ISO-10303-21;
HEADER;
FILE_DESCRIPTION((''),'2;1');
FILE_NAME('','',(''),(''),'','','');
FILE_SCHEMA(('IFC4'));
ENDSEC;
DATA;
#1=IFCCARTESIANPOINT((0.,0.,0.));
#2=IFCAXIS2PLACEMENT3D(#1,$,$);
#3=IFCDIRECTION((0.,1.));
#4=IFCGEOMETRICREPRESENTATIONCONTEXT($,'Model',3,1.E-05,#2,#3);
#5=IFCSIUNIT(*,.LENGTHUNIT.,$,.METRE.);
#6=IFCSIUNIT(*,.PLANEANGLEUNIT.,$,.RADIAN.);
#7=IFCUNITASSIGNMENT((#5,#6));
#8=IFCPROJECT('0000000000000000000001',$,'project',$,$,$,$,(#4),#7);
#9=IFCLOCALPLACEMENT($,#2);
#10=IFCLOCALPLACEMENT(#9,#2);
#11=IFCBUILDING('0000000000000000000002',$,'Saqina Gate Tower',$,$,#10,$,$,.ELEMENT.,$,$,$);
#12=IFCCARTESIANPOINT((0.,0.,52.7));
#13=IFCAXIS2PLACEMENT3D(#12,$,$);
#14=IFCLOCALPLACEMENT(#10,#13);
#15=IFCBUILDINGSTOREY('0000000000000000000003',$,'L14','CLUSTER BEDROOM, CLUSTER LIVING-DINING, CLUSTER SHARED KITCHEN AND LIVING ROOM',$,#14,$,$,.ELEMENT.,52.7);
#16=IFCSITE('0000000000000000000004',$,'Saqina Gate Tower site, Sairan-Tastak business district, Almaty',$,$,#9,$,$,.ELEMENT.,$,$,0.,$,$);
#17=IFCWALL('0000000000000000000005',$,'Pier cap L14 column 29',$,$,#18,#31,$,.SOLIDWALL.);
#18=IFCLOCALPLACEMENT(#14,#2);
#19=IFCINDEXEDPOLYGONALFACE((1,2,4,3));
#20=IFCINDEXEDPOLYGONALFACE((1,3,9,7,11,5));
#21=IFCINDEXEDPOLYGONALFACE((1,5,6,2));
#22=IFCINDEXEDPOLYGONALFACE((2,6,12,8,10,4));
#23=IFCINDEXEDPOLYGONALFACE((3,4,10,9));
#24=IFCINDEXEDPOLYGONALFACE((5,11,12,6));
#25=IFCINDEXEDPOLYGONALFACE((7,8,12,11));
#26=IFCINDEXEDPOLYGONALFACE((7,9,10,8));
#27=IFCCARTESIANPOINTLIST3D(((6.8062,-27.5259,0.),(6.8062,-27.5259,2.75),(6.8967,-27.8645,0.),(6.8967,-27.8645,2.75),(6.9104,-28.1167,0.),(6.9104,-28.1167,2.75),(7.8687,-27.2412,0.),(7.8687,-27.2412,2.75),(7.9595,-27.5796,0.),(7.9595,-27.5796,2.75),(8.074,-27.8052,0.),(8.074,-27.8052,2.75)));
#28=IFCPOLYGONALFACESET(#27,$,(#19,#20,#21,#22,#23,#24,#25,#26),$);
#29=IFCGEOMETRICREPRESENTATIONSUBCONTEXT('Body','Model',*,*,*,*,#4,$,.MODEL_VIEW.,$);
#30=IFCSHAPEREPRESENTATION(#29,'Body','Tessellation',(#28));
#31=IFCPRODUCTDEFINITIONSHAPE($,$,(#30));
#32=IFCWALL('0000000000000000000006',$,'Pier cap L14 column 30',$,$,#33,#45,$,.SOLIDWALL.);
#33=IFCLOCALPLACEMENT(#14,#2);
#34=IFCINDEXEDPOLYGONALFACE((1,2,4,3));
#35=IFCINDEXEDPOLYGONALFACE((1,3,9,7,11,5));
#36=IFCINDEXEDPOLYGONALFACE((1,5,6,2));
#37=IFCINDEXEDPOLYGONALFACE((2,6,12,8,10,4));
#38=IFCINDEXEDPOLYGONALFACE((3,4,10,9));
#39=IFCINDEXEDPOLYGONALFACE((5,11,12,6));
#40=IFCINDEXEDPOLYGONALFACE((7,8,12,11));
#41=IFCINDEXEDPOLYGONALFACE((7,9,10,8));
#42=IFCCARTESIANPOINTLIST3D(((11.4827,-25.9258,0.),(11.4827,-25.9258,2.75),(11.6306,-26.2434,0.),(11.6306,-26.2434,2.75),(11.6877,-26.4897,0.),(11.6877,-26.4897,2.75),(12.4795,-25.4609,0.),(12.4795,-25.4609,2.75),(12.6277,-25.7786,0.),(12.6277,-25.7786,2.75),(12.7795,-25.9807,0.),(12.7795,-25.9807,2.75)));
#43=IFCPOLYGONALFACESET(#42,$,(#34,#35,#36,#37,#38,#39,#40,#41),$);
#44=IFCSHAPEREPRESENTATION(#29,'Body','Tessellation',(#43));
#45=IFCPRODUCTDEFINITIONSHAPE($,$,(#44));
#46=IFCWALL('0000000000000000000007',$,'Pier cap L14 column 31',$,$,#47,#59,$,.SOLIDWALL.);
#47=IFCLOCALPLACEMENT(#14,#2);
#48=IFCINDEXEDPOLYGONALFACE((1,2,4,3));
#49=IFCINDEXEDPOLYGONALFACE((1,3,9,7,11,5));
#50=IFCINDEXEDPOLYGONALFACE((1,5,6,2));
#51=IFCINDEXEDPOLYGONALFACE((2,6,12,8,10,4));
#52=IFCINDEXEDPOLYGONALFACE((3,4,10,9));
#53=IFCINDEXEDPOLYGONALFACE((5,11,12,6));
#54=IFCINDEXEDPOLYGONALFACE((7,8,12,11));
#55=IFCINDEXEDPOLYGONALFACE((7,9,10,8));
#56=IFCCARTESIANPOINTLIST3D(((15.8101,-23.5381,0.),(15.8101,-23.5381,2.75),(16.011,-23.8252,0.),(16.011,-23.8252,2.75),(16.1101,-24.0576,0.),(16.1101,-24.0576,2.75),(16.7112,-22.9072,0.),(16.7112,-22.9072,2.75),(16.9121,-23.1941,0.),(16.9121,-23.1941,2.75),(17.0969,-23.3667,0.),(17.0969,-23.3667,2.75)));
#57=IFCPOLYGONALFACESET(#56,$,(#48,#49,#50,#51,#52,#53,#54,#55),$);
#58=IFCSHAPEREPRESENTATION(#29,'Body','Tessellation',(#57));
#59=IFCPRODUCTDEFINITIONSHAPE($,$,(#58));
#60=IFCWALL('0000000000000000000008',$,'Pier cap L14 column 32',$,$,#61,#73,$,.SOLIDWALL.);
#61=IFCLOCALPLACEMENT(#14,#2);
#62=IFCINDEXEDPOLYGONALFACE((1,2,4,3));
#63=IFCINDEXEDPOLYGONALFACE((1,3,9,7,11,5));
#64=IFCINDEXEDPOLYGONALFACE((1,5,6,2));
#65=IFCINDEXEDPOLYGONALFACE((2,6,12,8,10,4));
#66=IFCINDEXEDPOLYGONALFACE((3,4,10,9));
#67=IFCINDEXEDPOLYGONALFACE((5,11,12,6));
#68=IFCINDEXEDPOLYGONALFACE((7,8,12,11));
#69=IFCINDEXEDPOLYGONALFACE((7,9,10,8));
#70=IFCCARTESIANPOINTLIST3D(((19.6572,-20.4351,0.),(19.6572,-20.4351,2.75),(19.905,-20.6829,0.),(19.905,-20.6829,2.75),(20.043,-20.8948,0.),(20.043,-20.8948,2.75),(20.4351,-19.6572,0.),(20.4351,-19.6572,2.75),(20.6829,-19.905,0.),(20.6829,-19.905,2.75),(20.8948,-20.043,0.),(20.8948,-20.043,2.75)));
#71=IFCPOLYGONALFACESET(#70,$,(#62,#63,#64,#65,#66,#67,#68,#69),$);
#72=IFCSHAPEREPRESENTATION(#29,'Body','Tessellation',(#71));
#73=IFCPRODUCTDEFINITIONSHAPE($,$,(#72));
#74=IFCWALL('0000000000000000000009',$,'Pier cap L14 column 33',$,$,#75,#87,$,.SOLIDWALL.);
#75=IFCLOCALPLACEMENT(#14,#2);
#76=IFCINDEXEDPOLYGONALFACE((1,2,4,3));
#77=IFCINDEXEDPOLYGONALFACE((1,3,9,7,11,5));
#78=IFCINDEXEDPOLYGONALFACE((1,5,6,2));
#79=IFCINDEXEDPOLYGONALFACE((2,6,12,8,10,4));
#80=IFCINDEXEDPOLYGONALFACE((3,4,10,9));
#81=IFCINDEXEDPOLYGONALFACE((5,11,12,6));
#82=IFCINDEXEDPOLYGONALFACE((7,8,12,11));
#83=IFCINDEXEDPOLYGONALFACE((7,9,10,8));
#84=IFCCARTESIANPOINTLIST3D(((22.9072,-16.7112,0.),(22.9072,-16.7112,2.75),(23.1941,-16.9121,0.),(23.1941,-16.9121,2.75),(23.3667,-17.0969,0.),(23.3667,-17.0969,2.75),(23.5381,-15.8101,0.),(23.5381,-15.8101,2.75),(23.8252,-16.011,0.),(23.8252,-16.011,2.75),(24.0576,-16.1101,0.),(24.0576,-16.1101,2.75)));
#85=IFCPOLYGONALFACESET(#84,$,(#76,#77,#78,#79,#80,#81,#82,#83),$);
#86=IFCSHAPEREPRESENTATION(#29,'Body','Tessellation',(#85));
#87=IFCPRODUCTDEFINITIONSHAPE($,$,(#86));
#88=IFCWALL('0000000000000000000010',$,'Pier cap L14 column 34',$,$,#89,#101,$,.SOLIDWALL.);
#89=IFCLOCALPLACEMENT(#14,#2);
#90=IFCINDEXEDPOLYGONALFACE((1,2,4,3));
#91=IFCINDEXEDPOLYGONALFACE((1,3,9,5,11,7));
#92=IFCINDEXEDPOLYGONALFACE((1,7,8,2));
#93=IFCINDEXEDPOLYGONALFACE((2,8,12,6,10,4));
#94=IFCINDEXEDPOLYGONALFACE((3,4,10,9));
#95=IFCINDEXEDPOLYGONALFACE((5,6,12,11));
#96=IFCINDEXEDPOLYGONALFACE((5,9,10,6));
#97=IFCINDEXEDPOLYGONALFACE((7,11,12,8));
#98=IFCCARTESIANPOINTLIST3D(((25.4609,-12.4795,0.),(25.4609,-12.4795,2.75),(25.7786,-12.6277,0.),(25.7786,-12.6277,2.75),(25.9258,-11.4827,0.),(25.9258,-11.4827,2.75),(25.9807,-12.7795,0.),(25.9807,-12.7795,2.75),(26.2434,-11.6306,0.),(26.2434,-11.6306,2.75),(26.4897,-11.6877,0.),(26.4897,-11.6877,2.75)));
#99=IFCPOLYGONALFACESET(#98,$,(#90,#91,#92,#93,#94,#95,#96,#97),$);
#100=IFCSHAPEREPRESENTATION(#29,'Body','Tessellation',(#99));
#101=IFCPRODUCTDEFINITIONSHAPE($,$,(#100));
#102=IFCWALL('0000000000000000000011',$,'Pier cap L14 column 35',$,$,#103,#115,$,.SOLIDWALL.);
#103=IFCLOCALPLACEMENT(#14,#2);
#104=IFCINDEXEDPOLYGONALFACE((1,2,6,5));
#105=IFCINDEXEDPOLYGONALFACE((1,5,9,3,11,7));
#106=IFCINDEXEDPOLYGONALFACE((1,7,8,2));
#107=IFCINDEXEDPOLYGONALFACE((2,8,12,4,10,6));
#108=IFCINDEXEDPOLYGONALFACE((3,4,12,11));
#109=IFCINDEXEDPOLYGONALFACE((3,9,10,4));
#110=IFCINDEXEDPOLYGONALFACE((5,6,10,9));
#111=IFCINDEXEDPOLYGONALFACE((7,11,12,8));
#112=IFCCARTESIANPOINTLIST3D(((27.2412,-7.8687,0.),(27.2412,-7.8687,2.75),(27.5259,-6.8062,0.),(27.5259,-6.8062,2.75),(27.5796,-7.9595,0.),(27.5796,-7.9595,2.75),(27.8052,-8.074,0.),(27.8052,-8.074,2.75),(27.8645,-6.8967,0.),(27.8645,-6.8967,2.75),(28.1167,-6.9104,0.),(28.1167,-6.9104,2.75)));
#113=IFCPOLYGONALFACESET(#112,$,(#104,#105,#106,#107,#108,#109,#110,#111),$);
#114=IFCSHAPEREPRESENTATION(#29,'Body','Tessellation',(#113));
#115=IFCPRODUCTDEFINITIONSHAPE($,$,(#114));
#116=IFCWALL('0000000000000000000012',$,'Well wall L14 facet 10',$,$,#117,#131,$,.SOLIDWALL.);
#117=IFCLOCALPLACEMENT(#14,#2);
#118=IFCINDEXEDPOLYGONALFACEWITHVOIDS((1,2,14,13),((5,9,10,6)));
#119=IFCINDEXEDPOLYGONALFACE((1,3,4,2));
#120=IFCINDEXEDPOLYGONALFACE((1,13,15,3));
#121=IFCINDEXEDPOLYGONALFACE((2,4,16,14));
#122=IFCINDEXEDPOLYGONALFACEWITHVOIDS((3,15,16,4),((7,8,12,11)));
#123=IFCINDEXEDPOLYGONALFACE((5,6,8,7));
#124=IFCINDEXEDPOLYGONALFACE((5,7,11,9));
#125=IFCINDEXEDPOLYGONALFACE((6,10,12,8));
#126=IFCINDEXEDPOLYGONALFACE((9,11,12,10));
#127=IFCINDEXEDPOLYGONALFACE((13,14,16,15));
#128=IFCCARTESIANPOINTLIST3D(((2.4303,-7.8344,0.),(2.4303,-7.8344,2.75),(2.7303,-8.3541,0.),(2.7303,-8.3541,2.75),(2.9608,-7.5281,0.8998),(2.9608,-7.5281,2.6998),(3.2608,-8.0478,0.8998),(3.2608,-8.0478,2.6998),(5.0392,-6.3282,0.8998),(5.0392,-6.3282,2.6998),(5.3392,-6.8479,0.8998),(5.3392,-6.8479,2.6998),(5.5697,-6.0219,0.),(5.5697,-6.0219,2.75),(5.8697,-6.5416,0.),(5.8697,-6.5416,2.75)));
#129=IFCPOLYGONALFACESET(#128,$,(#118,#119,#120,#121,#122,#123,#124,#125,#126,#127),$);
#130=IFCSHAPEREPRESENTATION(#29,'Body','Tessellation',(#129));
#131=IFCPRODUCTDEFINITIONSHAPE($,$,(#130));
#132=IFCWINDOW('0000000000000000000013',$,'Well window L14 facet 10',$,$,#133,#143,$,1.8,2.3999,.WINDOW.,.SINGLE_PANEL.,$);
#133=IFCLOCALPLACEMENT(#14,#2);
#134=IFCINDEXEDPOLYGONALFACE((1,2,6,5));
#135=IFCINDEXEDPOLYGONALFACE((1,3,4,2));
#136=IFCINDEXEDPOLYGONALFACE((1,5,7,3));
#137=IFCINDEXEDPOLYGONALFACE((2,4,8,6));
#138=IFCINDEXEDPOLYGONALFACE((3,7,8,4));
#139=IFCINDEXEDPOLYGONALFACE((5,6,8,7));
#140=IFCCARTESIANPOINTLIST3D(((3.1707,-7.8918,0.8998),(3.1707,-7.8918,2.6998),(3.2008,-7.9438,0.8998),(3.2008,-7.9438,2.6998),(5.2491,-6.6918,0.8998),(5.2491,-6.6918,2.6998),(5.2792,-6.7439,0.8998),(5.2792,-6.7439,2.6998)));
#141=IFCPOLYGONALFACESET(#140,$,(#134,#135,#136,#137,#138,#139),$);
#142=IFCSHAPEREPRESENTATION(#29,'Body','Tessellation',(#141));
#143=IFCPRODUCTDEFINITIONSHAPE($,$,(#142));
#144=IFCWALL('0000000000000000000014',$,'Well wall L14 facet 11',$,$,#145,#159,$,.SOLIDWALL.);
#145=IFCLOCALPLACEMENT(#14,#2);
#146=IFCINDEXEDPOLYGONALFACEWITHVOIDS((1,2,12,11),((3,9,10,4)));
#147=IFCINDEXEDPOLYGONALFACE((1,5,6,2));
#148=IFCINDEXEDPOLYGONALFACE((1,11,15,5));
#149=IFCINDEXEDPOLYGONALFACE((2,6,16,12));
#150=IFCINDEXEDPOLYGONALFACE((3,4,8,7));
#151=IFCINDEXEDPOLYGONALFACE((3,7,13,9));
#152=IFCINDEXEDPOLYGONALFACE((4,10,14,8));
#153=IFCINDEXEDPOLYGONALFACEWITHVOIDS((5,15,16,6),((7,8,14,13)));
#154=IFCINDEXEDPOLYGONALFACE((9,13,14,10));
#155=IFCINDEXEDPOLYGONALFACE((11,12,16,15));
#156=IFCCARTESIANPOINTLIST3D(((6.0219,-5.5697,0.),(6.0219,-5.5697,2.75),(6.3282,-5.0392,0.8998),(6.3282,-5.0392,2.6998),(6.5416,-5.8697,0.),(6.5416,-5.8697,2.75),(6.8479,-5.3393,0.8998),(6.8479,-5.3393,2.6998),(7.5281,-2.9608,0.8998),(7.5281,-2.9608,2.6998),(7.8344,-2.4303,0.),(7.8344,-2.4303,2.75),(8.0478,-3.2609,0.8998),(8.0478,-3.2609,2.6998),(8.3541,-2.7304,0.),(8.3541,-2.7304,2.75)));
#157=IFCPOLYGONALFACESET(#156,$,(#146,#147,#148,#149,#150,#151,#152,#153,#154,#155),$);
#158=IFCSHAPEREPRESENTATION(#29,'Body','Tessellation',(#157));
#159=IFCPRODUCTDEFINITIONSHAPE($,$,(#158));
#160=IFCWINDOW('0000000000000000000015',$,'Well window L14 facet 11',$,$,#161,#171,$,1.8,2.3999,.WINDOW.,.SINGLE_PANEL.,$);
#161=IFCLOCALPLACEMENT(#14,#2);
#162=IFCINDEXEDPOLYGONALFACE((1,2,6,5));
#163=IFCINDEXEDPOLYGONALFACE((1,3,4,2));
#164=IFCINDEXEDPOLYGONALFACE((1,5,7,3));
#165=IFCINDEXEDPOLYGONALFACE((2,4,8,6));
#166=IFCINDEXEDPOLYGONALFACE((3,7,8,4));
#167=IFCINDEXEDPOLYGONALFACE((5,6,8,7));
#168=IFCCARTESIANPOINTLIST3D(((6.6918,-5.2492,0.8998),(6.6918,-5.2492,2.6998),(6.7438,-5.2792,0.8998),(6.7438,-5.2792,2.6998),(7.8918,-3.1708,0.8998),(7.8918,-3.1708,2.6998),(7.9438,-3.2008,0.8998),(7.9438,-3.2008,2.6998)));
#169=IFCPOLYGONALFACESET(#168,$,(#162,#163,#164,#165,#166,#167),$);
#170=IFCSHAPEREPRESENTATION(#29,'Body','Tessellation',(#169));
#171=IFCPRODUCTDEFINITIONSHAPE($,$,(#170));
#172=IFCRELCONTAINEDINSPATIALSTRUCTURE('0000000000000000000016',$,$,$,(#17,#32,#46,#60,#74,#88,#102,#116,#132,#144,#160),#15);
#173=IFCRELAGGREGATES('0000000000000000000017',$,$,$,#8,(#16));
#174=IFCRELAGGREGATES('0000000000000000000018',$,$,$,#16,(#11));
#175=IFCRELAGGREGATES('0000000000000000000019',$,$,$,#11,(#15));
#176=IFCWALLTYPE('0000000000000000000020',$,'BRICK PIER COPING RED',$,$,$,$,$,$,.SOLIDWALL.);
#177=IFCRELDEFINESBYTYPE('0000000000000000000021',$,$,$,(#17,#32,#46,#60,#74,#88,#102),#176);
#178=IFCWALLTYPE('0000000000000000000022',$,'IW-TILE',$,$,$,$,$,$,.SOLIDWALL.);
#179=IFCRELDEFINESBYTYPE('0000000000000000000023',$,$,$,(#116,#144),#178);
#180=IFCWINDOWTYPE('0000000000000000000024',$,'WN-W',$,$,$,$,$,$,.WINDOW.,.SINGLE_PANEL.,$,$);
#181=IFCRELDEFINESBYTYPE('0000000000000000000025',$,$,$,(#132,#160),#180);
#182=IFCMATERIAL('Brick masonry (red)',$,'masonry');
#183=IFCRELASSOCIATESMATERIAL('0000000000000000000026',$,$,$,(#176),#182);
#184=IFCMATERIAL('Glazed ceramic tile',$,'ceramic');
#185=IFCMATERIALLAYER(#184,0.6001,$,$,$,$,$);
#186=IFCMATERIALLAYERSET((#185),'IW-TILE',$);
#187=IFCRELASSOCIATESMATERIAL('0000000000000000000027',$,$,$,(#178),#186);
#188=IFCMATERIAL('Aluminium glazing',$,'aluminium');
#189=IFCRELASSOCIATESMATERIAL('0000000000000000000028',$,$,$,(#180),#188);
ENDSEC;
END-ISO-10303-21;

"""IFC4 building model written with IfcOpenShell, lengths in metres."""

from ifc_helpers import new_model, si_unit, direction, frame, frame_2d, origin, place, context, subcontext, project, spatial, polyline, rectangle, outline, extrude, material, layer, layer_set, type_object, element, fill, save


model = new_model("IFC4")

# Units and contexts
model_context = context("Model", 3, precision=1e-05, world=origin(), true_north=direction((0.0, 1.0)))
body_context = subcontext(model_context, "Body", "Model", "MODEL_VIEW")
ifc_project = project(units=[si_unit("LENGTHUNIT", "METRE"), si_unit("PLANEANGLEUNIT", "RADIAN")], contexts=[model_context])

# Site, building, storey
site_placement = place(None, origin())
site = spatial("IfcSite", under=ifc_project, at=site_placement, Name="Saqina Gate Tower site, Sairan-Tastak business district, Almaty", CompositionType="ELEMENT", RefElevation=0.0)
building_placement = place(site_placement, origin())
building = spatial("IfcBuilding", under=site, at=building_placement, Name="Saqina Gate Tower", CompositionType="ELEMENT")
storey_placement = place(building_placement, frame((0.0, 0.0, 52.7)))
storey = spatial("IfcBuildingStorey", under=building, at=storey_placement, Name="L14", Description="CLUSTER BEDROOM, CLUSTER LIVING-DINING, CLUSTER SHARED KITCHEN AND LIVING ROOM", CompositionType="ELEMENT", Elevation=52.7)

# Walls
ifc_material_1 = material(Name="Brick masonry (red)", Category="masonry")
wall_type_1 = type_object("IfcWallType", Name="BRICK PIER COPING RED", PredefinedType="SOLIDWALL", material=ifc_material_1)
wall_1_placement = place(storey_placement, origin())
element("IfcWall", 1, at=wall_1_placement, inside=storey, type_object=wall_type_1, Name="Pier cap L14 column 29", PredefinedType="SOLIDWALL", context=body_context, shape_type="SweptSolid", body=[
    extrude(outline(polyline([(6.9104, -28.1167), (8.074, -27.8052), (7.8687, -27.2412), (7.9595, -27.5796), (6.8967, -27.8645), (6.8062, -27.5259), (6.9104, -28.1167)])), origin(), (0.0, 0.0, 1.0), 2.75),
])
wall_2_placement = place(storey_placement, origin())
element("IfcWall", 2, at=wall_2_placement, inside=storey, type_object=wall_type_1, Name="Pier cap L14 column 30", PredefinedType="SOLIDWALL", context=body_context, shape_type="SweptSolid", body=[
    extrude(outline(polyline([(12.7795, -25.9807), (12.4795, -25.4609), (12.6277, -25.7786), (11.6306, -26.2434), (11.4827, -25.9258), (11.6877, -26.4897), (12.7795, -25.9807)])), origin(), (0.0, 0.0, 1.0), 2.75),
])
wall_3_placement = place(storey_placement, origin())
element("IfcWall", 3, at=wall_3_placement, inside=storey, type_object=wall_type_1, Name="Pier cap L14 column 31", PredefinedType="SOLIDWALL", context=body_context, shape_type="SweptSolid", body=[
    extrude(outline(polyline([(16.1101, -24.0576), (17.0969, -23.3667), (16.7112, -22.9072), (16.9121, -23.1941), (16.011, -23.8252), (15.8101, -23.5381), (16.1101, -24.0576)])), origin(), (0.0, 0.0, 1.0), 2.75),
])
wall_4_placement = place(storey_placement, origin())
element("IfcWall", 4, at=wall_4_placement, inside=storey, type_object=wall_type_1, Name="Pier cap L14 column 32", PredefinedType="SOLIDWALL", context=body_context, shape_type="SweptSolid", body=[
    extrude(outline(polyline([(20.8948, -20.043), (20.4351, -19.6572), (20.6829, -19.905), (19.905, -20.6829), (19.6572, -20.4351), (20.043, -20.8948), (20.8948, -20.043)])), origin(), (0.0, 0.0, 1.0), 2.75),
])
wall_5_placement = place(storey_placement, origin())
element("IfcWall", 5, at=wall_5_placement, inside=storey, type_object=wall_type_1, Name="Pier cap L14 column 33", PredefinedType="SOLIDWALL", context=body_context, shape_type="SweptSolid", body=[
    extrude(outline(polyline([(23.3667, -17.0969), (24.0576, -16.1101), (23.5381, -15.8101), (23.8252, -16.011), (23.1941, -16.9121), (22.9072, -16.7112), (23.3667, -17.0969)])), origin(), (0.0, 0.0, 1.0), 2.75),
])
wall_6_placement = place(storey_placement, origin())
element("IfcWall", 6, at=wall_6_placement, inside=storey, type_object=wall_type_1, Name="Pier cap L14 column 34", PredefinedType="SOLIDWALL", context=body_context, shape_type="SweptSolid", body=[
    extrude(outline(polyline([(26.4897, -11.6877), (25.9258, -11.4827), (26.2434, -11.6306), (25.7786, -12.6277), (25.4609, -12.4795), (25.9807, -12.7795), (26.4897, -11.6877)])), origin(), (0.0, 0.0, 1.0), 2.75),
])
wall_7_placement = place(storey_placement, origin())
element("IfcWall", 7, at=wall_7_placement, inside=storey, type_object=wall_type_1, Name="Pier cap L14 column 35", PredefinedType="SOLIDWALL", context=body_context, shape_type="SweptSolid", body=[
    extrude(outline(polyline([(28.1167, -6.9104), (27.5259, -6.8062), (27.8645, -6.8967), (27.5796, -7.9595), (27.2412, -7.8687), (27.8052, -8.074), (28.1167, -6.9104)])), origin(), (0.0, 0.0, 1.0), 2.75),
])

# Walls, openings, windows
ifc_material_2 = material(Name="Glazed ceramic tile", Category="ceramic")
ifc_layer_1 = layer(ifc_material_2, 0.6001)
ifc_layer_set_1 = layer_set([ifc_layer_1], Name="IW-TILE")
wall_type_2 = type_object("IfcWallType", Name="IW-TILE", PredefinedType="SOLIDWALL", material=ifc_layer_set_1)
wall_8_placement = place(storey_placement, frame((2.5803, -8.0942, 0.0), z_axis=(0.0, 0.0, 1.0), x_axis=(0.86603, 0.499993, 0.0)))
wall_8 = element("IfcWall", 8, at=wall_8_placement, inside=storey, type_object=wall_type_2, Name="Well wall L14 facet 10", PredefinedType="SOLIDWALL", context=body_context, shape_type="SweptSolid", body=[
    extrude(rectangle(XDim=3.625, YDim=0.6001, at=frame_2d((1.8125, 0.0))), origin(), (0.0, 0.0, 1.0), 2.75),
])
opening_1_placement = place(wall_8_placement, frame((0.6125, 0.0, 0.8999)))
opening_1 = element("IfcOpeningElement", 9, at=opening_1_placement, cuts=wall_8, PredefinedType="OPENING", context=body_context, shape_type="SweptSolid", body=[
    extrude(rectangle(XDim=2.3999, YDim=1.8, at=frame_2d((1.2, 0.8999))), frame((0.0, 0.312, 0.0), z_axis=(0.0, -1.0, 0.0), x_axis=(1.0, 0.0, 0.0)), (0.0, 0.0, 1.0), 0.624),
])
ifc_material_3 = material(Name="Aluminium glazing", Category="aluminium")
window_type = type_object("IfcWindowType", Name="WN-W", PartitioningType="SINGLE_PANEL", PredefinedType="WINDOW", material=ifc_material_3)
window_1_placement = place(opening_1_placement, origin())
window_1 = element("IfcWindow", 10, at=window_1_placement, inside=storey, type_object=window_type, Name="Well window L14 facet 10", OverallHeight=1.8, OverallWidth=2.3999, PartitioningType="SINGLE_PANEL", PredefinedType="WINDOW", context=body_context, shape_type="SweptSolid", body=[
    extrude(rectangle(XDim=2.3999, YDim=1.8, at=frame_2d((1.2, 0.8999))), frame((0.0, -0.1199, 0.0), z_axis=(0.0, -1.0, 0.0), x_axis=(1.0, 0.0, 0.0)), (0.0, 0.0, 1.0), 0.0601),
])
fill(opening_1, window_1)
wall_9_placement = place(storey_placement, frame((6.2817, -5.7197, 0.0), z_axis=(0.0, 0.0, 1.0), x_axis=(0.499993, 0.86603, 0.0)))
wall_9 = element("IfcWall", 11, at=wall_9_placement, inside=storey, type_object=wall_type_2, Name="Well wall L14 facet 11", PredefinedType="SOLIDWALL", context=body_context, shape_type="SweptSolid", body=[
    extrude(rectangle(XDim=3.625, YDim=0.6001, at=frame_2d((1.8125, 0.0))), origin(), (0.0, 0.0, 1.0), 2.75),
])
opening_2_placement = place(wall_9_placement, frame((0.6125, 0.0, 0.8999)))
opening_2 = element("IfcOpeningElement", 12, at=opening_2_placement, cuts=wall_9, PredefinedType="OPENING", context=body_context, shape_type="SweptSolid", body=[
    extrude(rectangle(XDim=2.3999, YDim=1.8, at=frame_2d((1.2, 0.8999))), frame((0.0, 0.312, 0.0), z_axis=(0.0, -1.0, 0.0), x_axis=(1.0, 0.0, 0.0)), (0.0, 0.0, 1.0), 0.624),
])
window_2_placement = place(opening_2_placement, origin())
window_2 = element("IfcWindow", 13, at=window_2_placement, inside=storey, type_object=window_type, Name="Well window L14 facet 11", OverallHeight=1.8, OverallWidth=2.3999, PartitioningType="SINGLE_PANEL", PredefinedType="WINDOW", context=body_context, shape_type="SweptSolid", body=[
    extrude(rectangle(XDim=2.3999, YDim=1.8, at=frame_2d((1.2, 0.8999))), frame((0.0, -0.1199, 0.0), z_axis=(0.0, -1.0, 0.0), x_axis=(1.0, 0.0, 0.0)), (0.0, 0.0, 1.0), 0.0601),
])
fill(opening_2, window_2)

save(model, "model.ifc")
